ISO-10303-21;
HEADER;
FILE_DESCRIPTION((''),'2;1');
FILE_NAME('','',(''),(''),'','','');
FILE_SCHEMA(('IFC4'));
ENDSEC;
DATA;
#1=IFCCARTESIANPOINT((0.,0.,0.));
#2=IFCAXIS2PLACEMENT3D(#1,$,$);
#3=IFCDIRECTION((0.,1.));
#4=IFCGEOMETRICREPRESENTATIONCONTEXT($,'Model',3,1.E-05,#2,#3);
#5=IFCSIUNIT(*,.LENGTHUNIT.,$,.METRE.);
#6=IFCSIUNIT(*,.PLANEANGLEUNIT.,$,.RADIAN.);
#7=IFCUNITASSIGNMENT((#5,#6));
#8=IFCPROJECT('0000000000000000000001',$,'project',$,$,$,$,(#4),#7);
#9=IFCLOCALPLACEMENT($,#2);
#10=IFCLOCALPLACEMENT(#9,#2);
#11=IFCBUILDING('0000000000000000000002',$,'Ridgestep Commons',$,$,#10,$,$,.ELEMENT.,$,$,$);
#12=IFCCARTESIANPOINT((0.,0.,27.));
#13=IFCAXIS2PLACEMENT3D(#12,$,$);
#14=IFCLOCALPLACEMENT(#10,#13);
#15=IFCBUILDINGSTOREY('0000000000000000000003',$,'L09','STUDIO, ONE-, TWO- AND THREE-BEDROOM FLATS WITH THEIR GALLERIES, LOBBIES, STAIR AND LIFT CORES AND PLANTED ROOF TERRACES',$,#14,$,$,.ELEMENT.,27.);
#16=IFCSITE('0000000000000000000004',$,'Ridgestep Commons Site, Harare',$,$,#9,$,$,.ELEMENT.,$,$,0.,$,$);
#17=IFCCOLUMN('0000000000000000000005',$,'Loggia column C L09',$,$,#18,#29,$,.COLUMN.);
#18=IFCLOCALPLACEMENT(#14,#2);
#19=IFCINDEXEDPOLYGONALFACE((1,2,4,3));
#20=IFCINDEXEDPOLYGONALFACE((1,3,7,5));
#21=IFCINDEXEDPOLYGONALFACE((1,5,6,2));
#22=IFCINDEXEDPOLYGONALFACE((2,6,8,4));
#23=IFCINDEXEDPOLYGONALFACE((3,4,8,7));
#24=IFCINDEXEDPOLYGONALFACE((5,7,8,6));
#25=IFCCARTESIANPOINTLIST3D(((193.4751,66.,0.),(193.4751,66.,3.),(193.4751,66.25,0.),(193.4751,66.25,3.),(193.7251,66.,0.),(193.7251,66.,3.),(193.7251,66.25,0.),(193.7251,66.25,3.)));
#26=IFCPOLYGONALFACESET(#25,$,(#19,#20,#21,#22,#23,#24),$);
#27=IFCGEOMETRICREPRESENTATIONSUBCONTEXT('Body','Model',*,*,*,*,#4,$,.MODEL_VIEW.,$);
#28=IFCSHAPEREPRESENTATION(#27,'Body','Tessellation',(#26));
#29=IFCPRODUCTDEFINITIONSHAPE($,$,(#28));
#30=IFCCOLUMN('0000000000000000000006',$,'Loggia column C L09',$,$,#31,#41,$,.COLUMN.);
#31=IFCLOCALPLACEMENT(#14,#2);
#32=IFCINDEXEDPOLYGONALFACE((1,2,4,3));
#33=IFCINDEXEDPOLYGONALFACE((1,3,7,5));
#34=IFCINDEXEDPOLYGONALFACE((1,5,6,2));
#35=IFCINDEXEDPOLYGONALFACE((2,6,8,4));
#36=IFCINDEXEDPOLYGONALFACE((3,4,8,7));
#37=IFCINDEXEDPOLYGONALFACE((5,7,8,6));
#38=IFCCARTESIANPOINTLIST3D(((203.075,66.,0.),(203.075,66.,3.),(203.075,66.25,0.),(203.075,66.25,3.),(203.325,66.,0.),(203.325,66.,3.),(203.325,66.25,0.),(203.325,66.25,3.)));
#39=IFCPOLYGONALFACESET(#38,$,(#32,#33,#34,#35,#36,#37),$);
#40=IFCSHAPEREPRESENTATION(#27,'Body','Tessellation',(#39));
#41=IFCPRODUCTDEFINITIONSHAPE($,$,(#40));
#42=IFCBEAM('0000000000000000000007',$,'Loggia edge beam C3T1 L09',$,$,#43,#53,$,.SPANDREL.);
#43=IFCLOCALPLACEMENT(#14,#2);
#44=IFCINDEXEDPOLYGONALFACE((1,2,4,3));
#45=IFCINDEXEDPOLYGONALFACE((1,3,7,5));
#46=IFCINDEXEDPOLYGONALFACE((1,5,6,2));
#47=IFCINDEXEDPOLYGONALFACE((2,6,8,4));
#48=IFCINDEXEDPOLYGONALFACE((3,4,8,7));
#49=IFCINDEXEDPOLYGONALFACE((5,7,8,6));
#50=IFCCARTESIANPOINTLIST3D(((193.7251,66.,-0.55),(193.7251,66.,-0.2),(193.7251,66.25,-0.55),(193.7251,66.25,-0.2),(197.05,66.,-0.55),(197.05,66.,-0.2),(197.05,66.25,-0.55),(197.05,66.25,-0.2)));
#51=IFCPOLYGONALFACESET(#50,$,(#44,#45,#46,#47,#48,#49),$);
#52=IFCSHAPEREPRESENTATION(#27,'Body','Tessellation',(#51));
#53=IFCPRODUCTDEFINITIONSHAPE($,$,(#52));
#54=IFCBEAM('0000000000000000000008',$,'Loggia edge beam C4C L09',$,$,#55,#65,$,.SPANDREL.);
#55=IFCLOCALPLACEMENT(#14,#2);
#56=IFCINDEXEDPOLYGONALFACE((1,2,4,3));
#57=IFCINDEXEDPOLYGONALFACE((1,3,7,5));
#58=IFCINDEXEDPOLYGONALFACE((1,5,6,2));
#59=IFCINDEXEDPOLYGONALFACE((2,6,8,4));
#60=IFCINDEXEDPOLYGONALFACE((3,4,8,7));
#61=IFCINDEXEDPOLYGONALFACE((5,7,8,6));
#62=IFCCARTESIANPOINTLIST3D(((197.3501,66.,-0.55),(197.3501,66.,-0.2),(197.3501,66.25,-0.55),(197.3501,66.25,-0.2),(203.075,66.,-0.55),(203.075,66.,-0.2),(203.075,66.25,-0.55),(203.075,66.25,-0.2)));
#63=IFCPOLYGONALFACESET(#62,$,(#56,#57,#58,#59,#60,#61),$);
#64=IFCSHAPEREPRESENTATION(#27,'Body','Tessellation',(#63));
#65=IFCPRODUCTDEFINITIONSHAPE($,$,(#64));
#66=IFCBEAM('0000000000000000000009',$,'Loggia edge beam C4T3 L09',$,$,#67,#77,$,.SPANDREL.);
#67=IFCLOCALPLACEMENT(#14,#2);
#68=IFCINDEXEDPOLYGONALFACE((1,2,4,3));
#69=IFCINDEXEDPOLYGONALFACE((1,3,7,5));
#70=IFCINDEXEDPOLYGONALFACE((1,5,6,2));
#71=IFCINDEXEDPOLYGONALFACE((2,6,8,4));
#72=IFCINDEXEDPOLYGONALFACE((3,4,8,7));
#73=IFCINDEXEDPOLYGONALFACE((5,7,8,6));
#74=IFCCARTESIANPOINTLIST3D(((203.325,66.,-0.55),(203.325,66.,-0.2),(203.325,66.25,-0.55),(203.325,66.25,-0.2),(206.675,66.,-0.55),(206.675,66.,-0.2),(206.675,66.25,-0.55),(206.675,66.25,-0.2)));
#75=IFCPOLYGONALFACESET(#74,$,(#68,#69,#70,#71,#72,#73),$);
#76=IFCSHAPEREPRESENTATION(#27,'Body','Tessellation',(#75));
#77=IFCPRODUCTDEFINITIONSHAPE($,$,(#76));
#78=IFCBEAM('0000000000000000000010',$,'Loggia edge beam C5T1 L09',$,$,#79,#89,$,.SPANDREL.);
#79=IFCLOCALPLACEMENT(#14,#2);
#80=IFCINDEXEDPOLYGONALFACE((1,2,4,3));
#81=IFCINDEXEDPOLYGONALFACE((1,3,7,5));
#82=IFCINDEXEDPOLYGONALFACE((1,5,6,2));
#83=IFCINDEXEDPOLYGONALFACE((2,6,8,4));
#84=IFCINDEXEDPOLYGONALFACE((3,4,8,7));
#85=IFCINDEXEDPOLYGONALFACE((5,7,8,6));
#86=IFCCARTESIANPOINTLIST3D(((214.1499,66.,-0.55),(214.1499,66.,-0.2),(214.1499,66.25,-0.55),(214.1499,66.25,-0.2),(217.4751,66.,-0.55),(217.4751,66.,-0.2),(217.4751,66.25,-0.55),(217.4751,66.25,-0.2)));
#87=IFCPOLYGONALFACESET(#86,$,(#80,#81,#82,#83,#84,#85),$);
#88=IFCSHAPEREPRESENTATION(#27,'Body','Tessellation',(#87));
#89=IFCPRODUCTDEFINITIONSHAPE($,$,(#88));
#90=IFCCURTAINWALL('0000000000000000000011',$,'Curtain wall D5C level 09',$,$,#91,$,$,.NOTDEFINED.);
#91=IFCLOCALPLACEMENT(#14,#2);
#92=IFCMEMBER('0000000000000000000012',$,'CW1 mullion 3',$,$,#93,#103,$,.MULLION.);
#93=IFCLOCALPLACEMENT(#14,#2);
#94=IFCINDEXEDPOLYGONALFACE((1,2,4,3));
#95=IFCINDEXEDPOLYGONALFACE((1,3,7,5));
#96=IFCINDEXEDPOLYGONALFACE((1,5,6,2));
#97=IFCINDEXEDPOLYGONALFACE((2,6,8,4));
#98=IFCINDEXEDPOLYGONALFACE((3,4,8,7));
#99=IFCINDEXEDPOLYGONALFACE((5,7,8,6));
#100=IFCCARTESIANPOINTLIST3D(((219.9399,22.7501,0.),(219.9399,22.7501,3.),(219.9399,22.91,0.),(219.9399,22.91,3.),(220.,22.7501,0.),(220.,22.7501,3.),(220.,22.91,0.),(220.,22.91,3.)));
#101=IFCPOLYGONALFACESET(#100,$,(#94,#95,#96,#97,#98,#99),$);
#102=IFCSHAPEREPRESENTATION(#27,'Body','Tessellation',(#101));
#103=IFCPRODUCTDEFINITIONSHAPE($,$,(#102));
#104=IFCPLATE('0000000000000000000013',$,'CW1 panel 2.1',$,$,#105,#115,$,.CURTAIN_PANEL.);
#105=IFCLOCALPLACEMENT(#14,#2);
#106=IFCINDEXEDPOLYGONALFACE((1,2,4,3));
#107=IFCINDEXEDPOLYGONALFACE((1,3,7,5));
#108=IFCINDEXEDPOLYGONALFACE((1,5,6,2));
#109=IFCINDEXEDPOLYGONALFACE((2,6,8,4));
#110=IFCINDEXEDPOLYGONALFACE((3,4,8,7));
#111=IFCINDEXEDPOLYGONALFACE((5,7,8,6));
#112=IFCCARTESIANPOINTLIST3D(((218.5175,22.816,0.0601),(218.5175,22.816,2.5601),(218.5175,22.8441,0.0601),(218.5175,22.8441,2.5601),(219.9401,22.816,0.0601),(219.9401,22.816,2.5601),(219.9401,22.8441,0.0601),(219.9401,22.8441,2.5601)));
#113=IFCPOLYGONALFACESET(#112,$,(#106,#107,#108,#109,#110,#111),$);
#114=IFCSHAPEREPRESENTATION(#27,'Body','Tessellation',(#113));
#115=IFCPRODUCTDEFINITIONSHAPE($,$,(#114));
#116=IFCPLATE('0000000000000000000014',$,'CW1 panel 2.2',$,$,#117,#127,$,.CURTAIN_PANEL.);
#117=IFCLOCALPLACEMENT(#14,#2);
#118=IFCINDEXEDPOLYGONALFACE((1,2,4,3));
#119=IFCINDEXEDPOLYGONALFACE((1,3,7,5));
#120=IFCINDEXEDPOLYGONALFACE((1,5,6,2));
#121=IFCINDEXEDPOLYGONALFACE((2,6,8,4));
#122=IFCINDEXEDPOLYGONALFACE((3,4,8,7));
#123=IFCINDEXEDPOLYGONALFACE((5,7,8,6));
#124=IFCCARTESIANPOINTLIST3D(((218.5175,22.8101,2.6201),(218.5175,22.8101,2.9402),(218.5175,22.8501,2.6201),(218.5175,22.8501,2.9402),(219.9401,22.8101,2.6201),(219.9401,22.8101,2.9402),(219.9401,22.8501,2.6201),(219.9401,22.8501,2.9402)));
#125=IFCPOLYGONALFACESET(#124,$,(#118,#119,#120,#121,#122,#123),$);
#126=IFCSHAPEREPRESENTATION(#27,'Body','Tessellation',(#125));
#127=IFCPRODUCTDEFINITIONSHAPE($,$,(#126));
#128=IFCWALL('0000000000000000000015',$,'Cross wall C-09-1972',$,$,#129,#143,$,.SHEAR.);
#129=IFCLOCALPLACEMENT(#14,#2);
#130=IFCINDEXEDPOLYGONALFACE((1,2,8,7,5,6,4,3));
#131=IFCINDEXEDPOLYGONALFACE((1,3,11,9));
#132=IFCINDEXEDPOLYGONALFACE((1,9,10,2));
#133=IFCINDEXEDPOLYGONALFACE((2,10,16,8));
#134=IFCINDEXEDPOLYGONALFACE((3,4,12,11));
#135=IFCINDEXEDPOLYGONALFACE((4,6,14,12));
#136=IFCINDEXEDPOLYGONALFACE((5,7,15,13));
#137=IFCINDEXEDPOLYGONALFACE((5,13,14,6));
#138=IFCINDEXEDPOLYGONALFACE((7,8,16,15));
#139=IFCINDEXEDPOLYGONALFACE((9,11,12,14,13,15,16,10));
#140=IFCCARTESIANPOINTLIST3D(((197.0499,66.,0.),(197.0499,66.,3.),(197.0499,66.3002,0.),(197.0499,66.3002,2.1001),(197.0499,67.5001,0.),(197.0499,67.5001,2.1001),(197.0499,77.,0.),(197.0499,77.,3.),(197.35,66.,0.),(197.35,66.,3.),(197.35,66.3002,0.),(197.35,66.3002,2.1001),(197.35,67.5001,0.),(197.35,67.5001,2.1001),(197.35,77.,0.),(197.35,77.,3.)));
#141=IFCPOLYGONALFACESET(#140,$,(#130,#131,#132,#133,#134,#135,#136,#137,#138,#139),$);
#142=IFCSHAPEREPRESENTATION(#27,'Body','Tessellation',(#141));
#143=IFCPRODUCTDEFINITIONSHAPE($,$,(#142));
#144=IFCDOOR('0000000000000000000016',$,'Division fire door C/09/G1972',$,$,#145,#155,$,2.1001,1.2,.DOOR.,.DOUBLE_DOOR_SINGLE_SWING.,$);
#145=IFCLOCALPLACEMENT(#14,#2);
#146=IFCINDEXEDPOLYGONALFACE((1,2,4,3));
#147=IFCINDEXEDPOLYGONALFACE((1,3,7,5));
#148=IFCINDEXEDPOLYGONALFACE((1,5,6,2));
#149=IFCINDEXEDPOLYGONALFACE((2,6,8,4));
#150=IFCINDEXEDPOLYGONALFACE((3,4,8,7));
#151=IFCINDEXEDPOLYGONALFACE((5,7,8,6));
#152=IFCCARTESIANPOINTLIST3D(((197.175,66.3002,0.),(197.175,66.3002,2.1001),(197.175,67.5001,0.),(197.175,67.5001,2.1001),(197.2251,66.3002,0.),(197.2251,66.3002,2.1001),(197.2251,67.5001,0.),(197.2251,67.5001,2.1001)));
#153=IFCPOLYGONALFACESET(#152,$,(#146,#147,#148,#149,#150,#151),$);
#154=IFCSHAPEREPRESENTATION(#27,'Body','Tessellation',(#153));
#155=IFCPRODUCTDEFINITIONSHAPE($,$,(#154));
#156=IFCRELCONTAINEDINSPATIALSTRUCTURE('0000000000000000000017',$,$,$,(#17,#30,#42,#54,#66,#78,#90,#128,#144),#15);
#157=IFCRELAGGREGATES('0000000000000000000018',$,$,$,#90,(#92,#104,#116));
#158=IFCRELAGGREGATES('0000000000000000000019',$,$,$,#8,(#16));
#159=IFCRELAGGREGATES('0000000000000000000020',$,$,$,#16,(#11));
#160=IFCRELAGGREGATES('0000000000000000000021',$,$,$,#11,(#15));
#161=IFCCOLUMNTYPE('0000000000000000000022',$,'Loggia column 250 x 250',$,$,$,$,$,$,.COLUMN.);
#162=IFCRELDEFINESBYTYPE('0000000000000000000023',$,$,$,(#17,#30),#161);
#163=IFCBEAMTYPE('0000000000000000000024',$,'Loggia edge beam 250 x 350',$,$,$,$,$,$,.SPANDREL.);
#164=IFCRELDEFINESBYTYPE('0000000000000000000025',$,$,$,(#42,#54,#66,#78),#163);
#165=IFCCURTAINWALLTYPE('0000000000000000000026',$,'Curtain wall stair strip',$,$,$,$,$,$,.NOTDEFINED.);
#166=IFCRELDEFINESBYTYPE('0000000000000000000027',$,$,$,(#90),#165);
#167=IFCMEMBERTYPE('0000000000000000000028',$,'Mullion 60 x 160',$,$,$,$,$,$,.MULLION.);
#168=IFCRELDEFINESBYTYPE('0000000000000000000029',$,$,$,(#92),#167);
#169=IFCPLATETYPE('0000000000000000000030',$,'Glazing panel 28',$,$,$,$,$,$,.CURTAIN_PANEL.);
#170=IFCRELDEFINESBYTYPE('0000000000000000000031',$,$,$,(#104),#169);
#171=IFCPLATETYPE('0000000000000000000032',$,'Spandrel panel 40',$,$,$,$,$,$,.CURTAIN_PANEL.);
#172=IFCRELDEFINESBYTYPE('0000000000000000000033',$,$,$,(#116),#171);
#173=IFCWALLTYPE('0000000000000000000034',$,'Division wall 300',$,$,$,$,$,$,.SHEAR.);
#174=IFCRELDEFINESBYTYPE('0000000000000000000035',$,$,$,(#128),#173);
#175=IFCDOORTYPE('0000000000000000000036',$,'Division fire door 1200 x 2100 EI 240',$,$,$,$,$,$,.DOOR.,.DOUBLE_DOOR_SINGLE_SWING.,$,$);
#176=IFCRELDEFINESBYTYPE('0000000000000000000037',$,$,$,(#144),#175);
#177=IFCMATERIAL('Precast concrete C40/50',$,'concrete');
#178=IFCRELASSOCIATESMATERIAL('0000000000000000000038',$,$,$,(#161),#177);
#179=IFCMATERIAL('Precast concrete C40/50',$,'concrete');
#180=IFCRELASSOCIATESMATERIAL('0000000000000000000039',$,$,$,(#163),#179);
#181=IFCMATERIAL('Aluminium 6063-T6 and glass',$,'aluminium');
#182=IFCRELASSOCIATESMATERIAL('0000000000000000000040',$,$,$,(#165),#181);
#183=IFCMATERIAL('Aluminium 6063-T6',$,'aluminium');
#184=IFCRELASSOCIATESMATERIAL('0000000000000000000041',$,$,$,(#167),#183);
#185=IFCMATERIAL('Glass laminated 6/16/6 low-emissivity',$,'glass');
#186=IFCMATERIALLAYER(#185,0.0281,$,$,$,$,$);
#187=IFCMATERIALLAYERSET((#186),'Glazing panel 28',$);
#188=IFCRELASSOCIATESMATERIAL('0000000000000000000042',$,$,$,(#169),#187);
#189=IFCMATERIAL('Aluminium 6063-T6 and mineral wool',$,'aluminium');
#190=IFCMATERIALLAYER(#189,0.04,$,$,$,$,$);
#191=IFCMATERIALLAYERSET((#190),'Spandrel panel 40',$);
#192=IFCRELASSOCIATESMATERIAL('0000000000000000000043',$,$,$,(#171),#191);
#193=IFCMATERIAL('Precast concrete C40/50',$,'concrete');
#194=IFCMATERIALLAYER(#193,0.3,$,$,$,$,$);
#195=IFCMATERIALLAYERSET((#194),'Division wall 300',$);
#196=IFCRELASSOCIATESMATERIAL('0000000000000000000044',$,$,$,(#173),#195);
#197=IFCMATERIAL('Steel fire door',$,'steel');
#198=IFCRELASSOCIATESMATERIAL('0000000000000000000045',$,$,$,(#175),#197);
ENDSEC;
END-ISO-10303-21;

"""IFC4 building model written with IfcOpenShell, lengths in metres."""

from ifc_helpers import new_model, si_unit, direction, frame, frame_2d, origin, origin_2d, place, context, subcontext, project, spatial, rectangle, extrude, material, layer, layer_set, material_profile, profile_set, type_object, element, fill, aggregate, save


model = new_model("IFC4")

# Units and contexts
model_context = context("Model", 3, precision=1e-05, world=origin(), true_north=direction((0.0, 1.0)))
body_context = subcontext(model_context, "Body", "Model", "MODEL_VIEW")
ifc_project = project(units=[si_unit("LENGTHUNIT", "METRE"), si_unit("PLANEANGLEUNIT", "RADIAN")], contexts=[model_context])

# Site, building, storey
site_placement = place(None, origin())
site = spatial("IfcSite", under=ifc_project, at=site_placement, Name="Ridgestep Commons Site, Harare", CompositionType="ELEMENT", RefElevation=0.0)
building_placement = place(site_placement, origin())
building = spatial("IfcBuilding", under=site, at=building_placement, Name="Ridgestep Commons", CompositionType="ELEMENT")
storey_placement = place(building_placement, frame((0.0, 0.0, 27.0)))
storey = spatial("IfcBuildingStorey", under=building, at=storey_placement, Name="L09", Description="STUDIO, ONE-, TWO- AND THREE-BEDROOM FLATS WITH THEIR GALLERIES, LOBBIES, STAIR AND LIFT CORES AND PLANTED ROOF TERRACES", CompositionType="ELEMENT", Elevation=27.0)

# Columns
ifc_material_1 = material(Name="Precast concrete C40/50", Category="concrete")
ifc_material_profile_1 = material_profile(ifc_material_1, rectangle(XDim=0.25, YDim=0.25, at=origin_2d()), Name="PC 250x250")
ifc_profile_set_1 = profile_set([ifc_material_profile_1], Name="Precast concrete C40/50")
column_type = type_object("IfcColumnType", Name="Loggia column 250 x 250", PredefinedType="COLUMN", material=ifc_profile_set_1)
for number, where, z_axis, x_axis, name in (
    (1, (193.6001, 66.125, 0.0), (0.0, 0.0, 1.0), (1.0, 0.0, 0.0), "Loggia column C L09"),
    (2, (203.2, 66.125, 0.0), (0.0, 0.0, 1.0), (1.0, 0.0, 0.0), "Loggia column C L09"),
):
    element("IfcColumn", number, at=place(storey_placement, frame(where, z_axis=z_axis, x_axis=x_axis)), inside=storey, type_object=column_type, Name=name, PredefinedType="COLUMN", context=body_context, shape_type="SweptSolid", body=[
        extrude(rectangle(XDim=0.25, YDim=0.25, at=origin_2d()), origin(), (0.0, 0.0, 1.0), 3.0),
    ])

# Beams
ifc_material_2 = material(Name="Precast concrete C40/50", Category="concrete")
ifc_material_profile_2 = material_profile(ifc_material_2, rectangle(XDim=0.25, YDim=0.3501, at=origin_2d()), Name="PC 250x350")
ifc_profile_set_2 = profile_set([ifc_material_profile_2], Name="Precast concrete C40/50")
beam_type = type_object("IfcBeamType", Name="Loggia edge beam 250 x 350", PredefinedType="SPANDREL", material=ifc_profile_set_2)
beam_1_placement = place(storey_placement, frame((193.7251, 66.125, -0.375), z_axis=(1.0, 0.0, 0.0), x_axis=(0.0, 1.0, 0.0)))
element("IfcBeam", 3, at=beam_1_placement, inside=storey, type_object=beam_type, Name="Loggia edge beam C3T1 L09", PredefinedType="SPANDREL", context=body_context, shape_type="SweptSolid", body=[
    extrude(rectangle(XDim=0.25, YDim=0.3501, at=origin_2d()), origin(), (0.0, 0.0, 1.0), 3.325),
])
beam_2_placement = place(storey_placement, frame((197.3501, 66.125, -0.375), z_axis=(1.0, 0.0, 0.0), x_axis=(0.0, 1.0, 0.0)))
element("IfcBeam", 4, at=beam_2_placement, inside=storey, type_object=beam_type, Name="Loggia edge beam C4C L09", PredefinedType="SPANDREL", context=body_context, shape_type="SweptSolid", body=[
    extrude(rectangle(XDim=0.25, YDim=0.3501, at=origin_2d()), origin(), (0.0, 0.0, 1.0), 5.7249),
])
beam_3_placement = place(storey_placement, frame((203.325, 66.125, -0.375), z_axis=(1.0, 0.0, 0.0), x_axis=(0.0, 1.0, 0.0)))
element("IfcBeam", 5, at=beam_3_placement, inside=storey, type_object=beam_type, Name="Loggia edge beam C4T3 L09", PredefinedType="SPANDREL", context=body_context, shape_type="SweptSolid", body=[
    extrude(rectangle(XDim=0.25, YDim=0.3501, at=origin_2d()), origin(), (0.0, 0.0, 1.0), 3.3501),
])
beam_4_placement = place(storey_placement, frame((214.1499, 66.125, -0.375), z_axis=(1.0, 0.0, 0.0), x_axis=(0.0, 1.0, 0.0)))
element("IfcBeam", 6, at=beam_4_placement, inside=storey, type_object=beam_type, Name="Loggia edge beam C5T1 L09", PredefinedType="SPANDREL", context=body_context, shape_type="SweptSolid", body=[
    extrude(rectangle(XDim=0.25, YDim=0.3501, at=origin_2d()), origin(), (0.0, 0.0, 1.0), 3.3252),
])

# Curtain wall, member, plates
ifc_material_3 = material(Name="Aluminium 6063-T6 and glass", Category="aluminium")
curtain_wall_type = type_object("IfcCurtainWallType", Name="Curtain wall stair strip", PredefinedType="NOTDEFINED", material=ifc_material_3)
curtain_wall_placement = place(storey_placement, origin())
curtain_wall = element("IfcCurtainWall", 7, at=curtain_wall_placement, inside=storey, type_object=curtain_wall_type, Name="Curtain wall D5C level 09", PredefinedType="NOTDEFINED")
ifc_material_4 = material(Name="Aluminium 6063-T6", Category="aluminium")
ifc_material_profile_3 = material_profile(ifc_material_4, rectangle(XDim=0.1599, YDim=0.0601, at=origin_2d()), Name="Mullion 60 x 160")
ifc_profile_set_3 = profile_set([ifc_material_profile_3], Name="Aluminium 6063-T6")
member_type = type_object("IfcMemberType", Name="Mullion 60 x 160", PredefinedType="MULLION", material=ifc_profile_set_3)
member_placement = place(storey_placement, frame((219.97, 22.8301, 0.0), z_axis=(0.0, 0.0, 1.0), x_axis=(0.0, 1.0, 0.0)))
member = element("IfcMember", 8, at=member_placement, type_object=member_type, Name="CW1 mullion 3", PredefinedType="MULLION", context=body_context, shape_type="SweptSolid", body=[
    extrude(rectangle(XDim=0.1599, YDim=0.0601, at=origin_2d()), origin(), (0.0, 0.0, 1.0), 3.0),
])
ifc_material_5 = material(Name="Glass laminated 6/16/6 low-emissivity", Category="glass")
ifc_layer_1 = layer(ifc_material_5, 0.0281)
ifc_layer_set_1 = layer_set([ifc_layer_1], Name="Glazing panel 28")
plate_type_1 = type_object("IfcPlateType", Name="Glazing panel 28", PredefinedType="CURTAIN_PANEL", material=ifc_layer_set_1)
plate_1_placement = place(storey_placement, frame((219.2288, 22.8301, 0.0601), z_axis=(0.0, 0.0, 1.0), x_axis=(1.0, 0.0, 0.0)))
plate_1 = element("IfcPlate", 9, at=plate_1_placement, type_object=plate_type_1, Name="CW1 panel 2.1", PredefinedType="CURTAIN_PANEL", context=body_context, shape_type="SweptSolid", body=[
    extrude(rectangle(XDim=1.4226, YDim=0.0281, at=origin_2d()), origin(), (0.0, 0.0, 1.0), 2.5),
])
ifc_material_6 = material(Name="Aluminium 6063-T6 and mineral wool", Category="aluminium")
ifc_layer_2 = layer(ifc_material_6, 0.04)
ifc_layer_set_2 = layer_set([ifc_layer_2], Name="Spandrel panel 40")
plate_type_2 = type_object("IfcPlateType", Name="Spandrel panel 40", PredefinedType="CURTAIN_PANEL", material=ifc_layer_set_2)
plate_2_placement = place(storey_placement, frame((219.2288, 22.8301, 2.6201), z_axis=(0.0, 0.0, 1.0), x_axis=(1.0, 0.0, 0.0)))
plate_2 = element("IfcPlate", 10, at=plate_2_placement, type_object=plate_type_2, Name="CW1 panel 2.2", PredefinedType="CURTAIN_PANEL", context=body_context, shape_type="SweptSolid", body=[
    extrude(rectangle(XDim=1.4226, YDim=0.04, at=origin_2d()), origin(), (0.0, 0.0, 1.0), 0.3201),
])
aggregate(curtain_wall, [member, plate_1, plate_2])

# Wall, opening, door
ifc_material_7 = material(Name="Precast concrete C40/50", Category="concrete")
ifc_layer_3 = layer(ifc_material_7, 0.3)
ifc_layer_set_3 = layer_set([ifc_layer_3], Name="Division wall 300")
wall_type_1 = type_object("IfcWallType", Name="Division wall 300", PredefinedType="SHEAR", material=ifc_layer_set_3)
wall_1_placement = place(storey_placement, frame((197.2, 66.0, 0.0), z_axis=(0.0, 0.0, 1.0), x_axis=(0.0, 1.0, 0.0)))
wall_1 = element("IfcWall", 11, at=wall_1_placement, inside=storey, type_object=wall_type_1, Name="Cross wall C-09-1972", PredefinedType="SHEAR", context=body_context, shape_type="SweptSolid", body=[
    extrude(rectangle(XDim=11.0, YDim=0.3, at=frame_2d((5.5, 0.0))), origin(), (0.0, 0.0, 1.0), 3.0),
])
opening_1_placement = place(wall_1_placement, frame((0.3, 0.0, 0.0)))
opening_1 = element("IfcOpeningElement", 12, at=opening_1_placement, cuts=wall_1, PredefinedType="OPENING", context=body_context, shape_type="SweptSolid", body=[
    extrude(rectangle(XDim=1.2, YDim=2.1001, at=frame_2d((0.6001, 1.05))), frame((0.0, 0.1599, 0.0), z_axis=(0.0, -1.0, 0.0), x_axis=(1.0, 0.0, 0.0)), (0.0, 0.0, 1.0), 0.3201),
])
ifc_material_8 = material(Name="Steel fire door", Category="steel")
door_type = type_object("IfcDoorType", Name="Division fire door 1200 x 2100 EI 240", OperationType="DOUBLE_DOOR_SINGLE_SWING", PredefinedType="DOOR", material=ifc_material_8)
door_placement = place(opening_1_placement, origin())
door = element("IfcDoor", 13, at=door_placement, inside=storey, type_object=door_type, Name="Division fire door C/09/G1972", OperationType="DOUBLE_DOOR_SINGLE_SWING", OverallHeight=2.1001, OverallWidth=1.2, PredefinedType="DOOR", context=body_context, shape_type="SweptSolid", body=[
    extrude(rectangle(XDim=1.2, YDim=2.1001, at=frame_2d((0.6001, 1.05))), frame((0.0, 0.0249, 0.0), z_axis=(0.0, -1.0, 0.0), x_axis=(1.0, 0.0, 0.0)), (0.0, 0.0, 1.0), 0.05),
])
fill(opening_1, door)

save(model, "model.ifc")
